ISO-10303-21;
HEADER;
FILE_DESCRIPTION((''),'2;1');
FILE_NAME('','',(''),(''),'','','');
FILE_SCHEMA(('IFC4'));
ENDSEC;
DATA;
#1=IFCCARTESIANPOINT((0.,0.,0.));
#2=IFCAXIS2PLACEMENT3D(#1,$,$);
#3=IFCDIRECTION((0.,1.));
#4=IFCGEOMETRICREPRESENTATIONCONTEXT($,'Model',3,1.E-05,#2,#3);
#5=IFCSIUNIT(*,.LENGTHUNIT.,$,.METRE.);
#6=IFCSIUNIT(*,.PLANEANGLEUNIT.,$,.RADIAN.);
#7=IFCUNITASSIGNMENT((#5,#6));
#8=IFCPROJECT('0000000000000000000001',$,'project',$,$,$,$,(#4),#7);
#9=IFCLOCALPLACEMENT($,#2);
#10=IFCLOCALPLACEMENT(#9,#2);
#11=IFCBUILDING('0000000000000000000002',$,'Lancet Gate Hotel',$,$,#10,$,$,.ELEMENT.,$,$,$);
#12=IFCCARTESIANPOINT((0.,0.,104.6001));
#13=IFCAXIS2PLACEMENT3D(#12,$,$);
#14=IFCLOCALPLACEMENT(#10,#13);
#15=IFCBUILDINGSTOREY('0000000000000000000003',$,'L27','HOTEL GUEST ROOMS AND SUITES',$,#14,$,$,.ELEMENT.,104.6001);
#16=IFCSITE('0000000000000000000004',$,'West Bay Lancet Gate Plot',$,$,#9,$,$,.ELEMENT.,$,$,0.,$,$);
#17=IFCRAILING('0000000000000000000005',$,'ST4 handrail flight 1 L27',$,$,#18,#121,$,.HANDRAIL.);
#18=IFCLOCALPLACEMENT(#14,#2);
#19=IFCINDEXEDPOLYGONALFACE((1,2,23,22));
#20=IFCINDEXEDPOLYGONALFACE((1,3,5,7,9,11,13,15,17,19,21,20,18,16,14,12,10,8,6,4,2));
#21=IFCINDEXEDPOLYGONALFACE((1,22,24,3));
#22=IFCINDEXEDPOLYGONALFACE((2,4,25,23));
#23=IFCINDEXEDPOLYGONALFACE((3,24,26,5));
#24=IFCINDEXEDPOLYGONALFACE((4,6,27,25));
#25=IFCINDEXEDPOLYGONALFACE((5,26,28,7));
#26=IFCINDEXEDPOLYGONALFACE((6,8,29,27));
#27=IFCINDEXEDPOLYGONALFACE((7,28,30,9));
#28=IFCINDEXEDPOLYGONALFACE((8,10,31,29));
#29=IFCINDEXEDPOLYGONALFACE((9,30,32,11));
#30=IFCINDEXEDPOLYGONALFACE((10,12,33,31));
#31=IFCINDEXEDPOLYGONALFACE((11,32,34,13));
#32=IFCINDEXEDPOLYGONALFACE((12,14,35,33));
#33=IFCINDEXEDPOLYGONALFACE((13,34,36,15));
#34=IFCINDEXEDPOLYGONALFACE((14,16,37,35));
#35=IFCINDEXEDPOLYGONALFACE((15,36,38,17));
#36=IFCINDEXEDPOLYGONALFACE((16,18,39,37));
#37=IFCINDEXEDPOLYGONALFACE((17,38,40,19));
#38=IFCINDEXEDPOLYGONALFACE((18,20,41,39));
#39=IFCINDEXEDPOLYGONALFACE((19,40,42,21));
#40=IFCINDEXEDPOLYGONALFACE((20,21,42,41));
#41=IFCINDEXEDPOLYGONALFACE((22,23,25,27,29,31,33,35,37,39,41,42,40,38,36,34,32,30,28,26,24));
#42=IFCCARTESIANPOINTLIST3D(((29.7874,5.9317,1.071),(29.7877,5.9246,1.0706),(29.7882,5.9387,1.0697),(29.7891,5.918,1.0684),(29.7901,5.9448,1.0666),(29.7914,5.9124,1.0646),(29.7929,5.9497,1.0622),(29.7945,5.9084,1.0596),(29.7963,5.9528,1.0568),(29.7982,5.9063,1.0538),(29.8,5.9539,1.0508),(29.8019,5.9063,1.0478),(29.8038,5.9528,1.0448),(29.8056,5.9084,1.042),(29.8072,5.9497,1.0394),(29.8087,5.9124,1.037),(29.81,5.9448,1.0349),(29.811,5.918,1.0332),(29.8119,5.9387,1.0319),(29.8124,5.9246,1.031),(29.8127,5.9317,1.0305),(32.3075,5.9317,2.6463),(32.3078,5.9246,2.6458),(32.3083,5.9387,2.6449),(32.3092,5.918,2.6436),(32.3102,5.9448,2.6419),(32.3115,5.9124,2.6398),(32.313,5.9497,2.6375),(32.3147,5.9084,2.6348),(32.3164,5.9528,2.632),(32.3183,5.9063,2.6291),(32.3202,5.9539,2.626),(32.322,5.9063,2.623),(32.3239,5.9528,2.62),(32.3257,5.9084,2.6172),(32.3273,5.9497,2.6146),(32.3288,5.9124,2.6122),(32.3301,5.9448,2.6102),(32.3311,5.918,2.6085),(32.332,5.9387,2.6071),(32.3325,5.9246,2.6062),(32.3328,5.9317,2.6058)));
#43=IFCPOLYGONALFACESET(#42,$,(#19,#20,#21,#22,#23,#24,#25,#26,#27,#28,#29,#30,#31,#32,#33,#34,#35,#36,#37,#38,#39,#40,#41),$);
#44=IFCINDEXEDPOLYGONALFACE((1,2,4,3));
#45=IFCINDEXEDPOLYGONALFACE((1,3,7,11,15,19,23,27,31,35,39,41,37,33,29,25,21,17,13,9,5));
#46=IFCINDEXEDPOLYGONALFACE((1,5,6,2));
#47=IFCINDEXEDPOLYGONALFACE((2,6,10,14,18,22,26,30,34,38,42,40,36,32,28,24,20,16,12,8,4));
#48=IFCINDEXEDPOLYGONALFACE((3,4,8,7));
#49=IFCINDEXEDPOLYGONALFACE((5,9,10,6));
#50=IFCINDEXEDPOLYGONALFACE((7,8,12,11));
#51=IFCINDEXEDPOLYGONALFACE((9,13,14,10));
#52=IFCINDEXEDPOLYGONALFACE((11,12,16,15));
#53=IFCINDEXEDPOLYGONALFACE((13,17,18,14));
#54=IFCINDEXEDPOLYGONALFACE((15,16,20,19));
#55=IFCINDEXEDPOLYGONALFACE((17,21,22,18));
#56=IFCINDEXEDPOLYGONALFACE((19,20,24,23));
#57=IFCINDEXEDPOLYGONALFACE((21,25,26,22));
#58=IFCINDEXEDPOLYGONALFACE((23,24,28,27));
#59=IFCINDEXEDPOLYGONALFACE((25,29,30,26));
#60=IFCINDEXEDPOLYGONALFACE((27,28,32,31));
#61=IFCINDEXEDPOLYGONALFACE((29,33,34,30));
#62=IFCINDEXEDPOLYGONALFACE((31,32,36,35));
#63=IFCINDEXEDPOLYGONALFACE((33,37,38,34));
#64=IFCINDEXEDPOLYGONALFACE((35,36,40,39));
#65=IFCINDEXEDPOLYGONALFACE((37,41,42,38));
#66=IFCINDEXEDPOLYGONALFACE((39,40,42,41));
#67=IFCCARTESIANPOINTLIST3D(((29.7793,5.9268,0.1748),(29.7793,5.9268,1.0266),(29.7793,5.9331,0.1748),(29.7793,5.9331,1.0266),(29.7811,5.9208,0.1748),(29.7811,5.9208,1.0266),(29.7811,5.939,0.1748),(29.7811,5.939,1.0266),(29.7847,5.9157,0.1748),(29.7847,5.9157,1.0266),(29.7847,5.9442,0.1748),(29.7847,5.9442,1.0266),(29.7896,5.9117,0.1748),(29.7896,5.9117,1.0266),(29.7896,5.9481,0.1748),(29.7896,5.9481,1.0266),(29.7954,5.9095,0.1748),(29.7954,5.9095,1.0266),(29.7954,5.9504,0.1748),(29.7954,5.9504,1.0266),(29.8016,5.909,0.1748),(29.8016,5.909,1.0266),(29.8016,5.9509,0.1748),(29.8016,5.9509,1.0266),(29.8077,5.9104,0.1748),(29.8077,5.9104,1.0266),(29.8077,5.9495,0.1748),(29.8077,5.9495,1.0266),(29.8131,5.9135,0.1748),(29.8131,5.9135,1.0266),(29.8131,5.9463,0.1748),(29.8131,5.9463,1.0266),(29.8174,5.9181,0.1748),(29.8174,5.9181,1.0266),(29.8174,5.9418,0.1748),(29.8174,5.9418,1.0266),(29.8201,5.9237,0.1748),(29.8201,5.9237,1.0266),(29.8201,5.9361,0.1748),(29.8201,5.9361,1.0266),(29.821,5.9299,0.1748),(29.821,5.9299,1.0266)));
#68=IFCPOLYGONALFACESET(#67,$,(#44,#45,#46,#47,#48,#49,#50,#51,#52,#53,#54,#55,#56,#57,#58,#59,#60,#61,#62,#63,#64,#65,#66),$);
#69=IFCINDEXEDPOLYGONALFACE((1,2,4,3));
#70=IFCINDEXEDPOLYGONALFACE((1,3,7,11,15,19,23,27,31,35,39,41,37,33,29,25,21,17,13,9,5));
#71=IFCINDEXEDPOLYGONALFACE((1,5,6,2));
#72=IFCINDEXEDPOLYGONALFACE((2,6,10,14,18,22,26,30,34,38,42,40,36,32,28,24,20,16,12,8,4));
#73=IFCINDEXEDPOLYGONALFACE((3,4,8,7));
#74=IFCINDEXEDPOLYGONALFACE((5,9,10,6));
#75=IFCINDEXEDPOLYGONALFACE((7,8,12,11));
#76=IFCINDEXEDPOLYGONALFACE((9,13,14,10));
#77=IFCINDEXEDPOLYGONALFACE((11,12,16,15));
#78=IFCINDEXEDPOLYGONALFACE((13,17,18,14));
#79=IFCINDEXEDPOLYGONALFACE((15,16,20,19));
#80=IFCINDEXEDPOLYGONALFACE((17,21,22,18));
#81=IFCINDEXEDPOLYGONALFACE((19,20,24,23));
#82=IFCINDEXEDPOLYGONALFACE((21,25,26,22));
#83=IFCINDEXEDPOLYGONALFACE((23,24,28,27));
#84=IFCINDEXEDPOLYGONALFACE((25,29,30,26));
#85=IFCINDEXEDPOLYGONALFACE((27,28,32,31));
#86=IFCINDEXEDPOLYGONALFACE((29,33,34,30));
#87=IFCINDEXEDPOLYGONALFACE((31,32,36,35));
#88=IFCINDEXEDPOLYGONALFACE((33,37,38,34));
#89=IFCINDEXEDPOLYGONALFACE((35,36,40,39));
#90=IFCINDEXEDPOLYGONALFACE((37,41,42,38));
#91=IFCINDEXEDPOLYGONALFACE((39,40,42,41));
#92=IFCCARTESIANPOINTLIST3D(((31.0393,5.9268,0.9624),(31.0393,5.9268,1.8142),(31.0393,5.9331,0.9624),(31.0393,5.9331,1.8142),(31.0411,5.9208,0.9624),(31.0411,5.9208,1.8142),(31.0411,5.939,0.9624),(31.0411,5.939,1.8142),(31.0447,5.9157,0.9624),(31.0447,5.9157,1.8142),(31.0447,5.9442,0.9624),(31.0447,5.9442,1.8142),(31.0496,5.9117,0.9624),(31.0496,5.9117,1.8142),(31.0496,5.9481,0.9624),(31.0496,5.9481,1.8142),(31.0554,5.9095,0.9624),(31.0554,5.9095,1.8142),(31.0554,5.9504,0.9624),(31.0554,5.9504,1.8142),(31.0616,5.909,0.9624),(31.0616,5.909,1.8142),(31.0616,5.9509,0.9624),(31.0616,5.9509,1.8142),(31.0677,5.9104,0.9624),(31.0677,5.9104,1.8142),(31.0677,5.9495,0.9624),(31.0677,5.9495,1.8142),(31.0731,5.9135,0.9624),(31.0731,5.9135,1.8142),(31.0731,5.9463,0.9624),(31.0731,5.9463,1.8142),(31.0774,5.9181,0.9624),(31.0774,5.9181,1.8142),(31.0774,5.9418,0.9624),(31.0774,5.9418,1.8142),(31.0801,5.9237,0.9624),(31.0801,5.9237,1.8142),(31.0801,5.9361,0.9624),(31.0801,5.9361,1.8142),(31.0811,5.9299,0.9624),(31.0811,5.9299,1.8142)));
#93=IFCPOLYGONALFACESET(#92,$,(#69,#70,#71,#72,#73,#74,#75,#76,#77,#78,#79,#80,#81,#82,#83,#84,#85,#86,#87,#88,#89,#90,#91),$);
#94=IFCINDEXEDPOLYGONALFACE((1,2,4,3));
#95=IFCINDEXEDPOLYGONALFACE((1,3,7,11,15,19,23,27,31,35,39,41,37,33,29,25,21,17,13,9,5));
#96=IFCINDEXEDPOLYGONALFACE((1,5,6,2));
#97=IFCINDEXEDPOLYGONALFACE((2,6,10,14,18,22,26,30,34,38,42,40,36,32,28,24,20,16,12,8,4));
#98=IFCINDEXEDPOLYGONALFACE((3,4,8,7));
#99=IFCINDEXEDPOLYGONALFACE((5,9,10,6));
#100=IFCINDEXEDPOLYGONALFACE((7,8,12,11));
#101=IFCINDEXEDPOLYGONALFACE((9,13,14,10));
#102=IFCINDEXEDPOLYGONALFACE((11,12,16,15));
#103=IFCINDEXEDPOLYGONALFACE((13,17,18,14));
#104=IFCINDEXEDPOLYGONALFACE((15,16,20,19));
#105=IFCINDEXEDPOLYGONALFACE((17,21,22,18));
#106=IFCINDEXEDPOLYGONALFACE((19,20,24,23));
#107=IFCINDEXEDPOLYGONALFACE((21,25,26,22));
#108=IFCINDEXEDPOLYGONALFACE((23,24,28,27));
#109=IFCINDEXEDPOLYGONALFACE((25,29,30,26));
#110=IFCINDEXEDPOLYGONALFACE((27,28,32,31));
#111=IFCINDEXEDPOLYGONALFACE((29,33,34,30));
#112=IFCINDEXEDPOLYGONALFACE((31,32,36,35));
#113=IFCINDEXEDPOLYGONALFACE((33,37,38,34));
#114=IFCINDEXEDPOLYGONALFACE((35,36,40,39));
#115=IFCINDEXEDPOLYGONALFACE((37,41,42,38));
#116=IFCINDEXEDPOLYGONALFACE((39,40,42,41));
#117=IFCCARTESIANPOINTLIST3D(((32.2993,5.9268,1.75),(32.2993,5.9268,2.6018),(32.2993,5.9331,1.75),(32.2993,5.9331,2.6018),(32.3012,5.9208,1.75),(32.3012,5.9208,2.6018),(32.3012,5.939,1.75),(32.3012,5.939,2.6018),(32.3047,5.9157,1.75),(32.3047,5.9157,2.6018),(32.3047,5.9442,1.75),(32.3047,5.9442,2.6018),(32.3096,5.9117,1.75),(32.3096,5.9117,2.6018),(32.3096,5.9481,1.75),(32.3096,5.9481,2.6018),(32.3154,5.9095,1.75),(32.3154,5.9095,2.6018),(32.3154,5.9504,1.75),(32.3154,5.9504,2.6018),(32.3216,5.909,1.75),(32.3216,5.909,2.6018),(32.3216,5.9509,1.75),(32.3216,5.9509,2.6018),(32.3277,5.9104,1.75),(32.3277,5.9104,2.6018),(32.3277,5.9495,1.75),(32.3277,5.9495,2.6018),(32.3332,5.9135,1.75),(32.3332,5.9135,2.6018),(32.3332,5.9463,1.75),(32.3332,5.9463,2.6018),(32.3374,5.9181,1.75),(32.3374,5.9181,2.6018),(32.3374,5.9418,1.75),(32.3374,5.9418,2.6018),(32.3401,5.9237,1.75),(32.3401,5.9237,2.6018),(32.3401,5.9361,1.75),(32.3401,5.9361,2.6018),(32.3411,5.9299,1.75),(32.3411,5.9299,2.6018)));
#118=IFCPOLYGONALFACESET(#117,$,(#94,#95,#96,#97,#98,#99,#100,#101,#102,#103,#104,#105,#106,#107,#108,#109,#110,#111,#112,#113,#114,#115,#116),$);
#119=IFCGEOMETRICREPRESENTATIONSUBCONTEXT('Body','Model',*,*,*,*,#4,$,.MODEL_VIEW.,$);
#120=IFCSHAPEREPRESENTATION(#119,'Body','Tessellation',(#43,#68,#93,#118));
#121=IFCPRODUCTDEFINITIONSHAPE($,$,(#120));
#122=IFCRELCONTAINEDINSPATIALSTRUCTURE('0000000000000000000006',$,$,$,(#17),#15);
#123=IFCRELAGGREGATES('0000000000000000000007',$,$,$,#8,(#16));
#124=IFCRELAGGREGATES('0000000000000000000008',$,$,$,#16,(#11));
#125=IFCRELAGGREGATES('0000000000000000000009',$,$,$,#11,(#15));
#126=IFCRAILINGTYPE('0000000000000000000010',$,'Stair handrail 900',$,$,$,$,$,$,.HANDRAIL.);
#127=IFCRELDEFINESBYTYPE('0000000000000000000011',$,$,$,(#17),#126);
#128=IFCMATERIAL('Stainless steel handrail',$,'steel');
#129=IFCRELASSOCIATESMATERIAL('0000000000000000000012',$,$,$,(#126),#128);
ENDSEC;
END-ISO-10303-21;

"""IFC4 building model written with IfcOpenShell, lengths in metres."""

from ifc_helpers import new_model, si_unit, direction, frame, origin, origin_2d, place, context, subcontext, project, spatial, circle, extrude, material, type_object, element, save


model = new_model("IFC4")

# Units and contexts
model_context = context("Model", 3, precision=1e-05, world=origin(), true_north=direction((0.0, 1.0)))
body_context = subcontext(model_context, "Body", "Model", "MODEL_VIEW")
ifc_project = project(units=[si_unit("LENGTHUNIT", "METRE"), si_unit("PLANEANGLEUNIT", "RADIAN")], contexts=[model_context])

# Site, building, storey
site_placement = place(None, origin())
site = spatial("IfcSite", under=ifc_project, at=site_placement, Name="West Bay Lancet Gate Plot", CompositionType="ELEMENT", RefElevation=0.0)
building_placement = place(site_placement, origin())
building = spatial("IfcBuilding", under=site, at=building_placement, Name="Lancet Gate Hotel", CompositionType="ELEMENT")
storey_placement = place(building_placement, frame((0.0, 0.0, 104.6001)))
storey = spatial("IfcBuildingStorey", under=building, at=storey_placement, Name="L27", Description="HOTEL GUEST ROOMS AND SUITES", CompositionType="ELEMENT", Elevation=104.6001)

# Railing
ifc_material_1 = material(Name="Stainless steel handrail", Category="steel")
railing_type = type_object("IfcRailingType", Name="Stair handrail 900", PredefinedType="HANDRAIL", material=ifc_material_1)
railing_1_placement = place(storey_placement, frame((29.8, 5.9299, 0.1748)))
element("IfcRailing", 1, at=railing_1_placement, inside=storey, type_object=railing_type, Name="ST4 handrail flight 1 L27", PredefinedType="HANDRAIL", context=body_context, shape_type="SweptSolid", body=[
    extrude(circle(Radius=0.0239, at=origin_2d()), frame((0.0, 0.0, 0.876), z_axis=(0.847971, 0.0, 0.530043), x_axis=(0.0, 1.0, 0.0)), (0.0, 0.0, 1.0), 2.9719),
    extrude(circle(Radius=0.021, at=origin_2d()), origin(), (0.0, 0.0, 1.0), 0.8518),
    extrude(circle(Radius=0.021, at=origin_2d()), frame((1.26, 0.0, 0.7876)), (0.0, 0.0, 1.0), 0.8518),
    extrude(circle(Radius=0.021, at=origin_2d()), frame((2.52, 0.0, 1.5752)), (0.0, 0.0, 1.0), 0.8518),
])

save(model, "model.ifc")
